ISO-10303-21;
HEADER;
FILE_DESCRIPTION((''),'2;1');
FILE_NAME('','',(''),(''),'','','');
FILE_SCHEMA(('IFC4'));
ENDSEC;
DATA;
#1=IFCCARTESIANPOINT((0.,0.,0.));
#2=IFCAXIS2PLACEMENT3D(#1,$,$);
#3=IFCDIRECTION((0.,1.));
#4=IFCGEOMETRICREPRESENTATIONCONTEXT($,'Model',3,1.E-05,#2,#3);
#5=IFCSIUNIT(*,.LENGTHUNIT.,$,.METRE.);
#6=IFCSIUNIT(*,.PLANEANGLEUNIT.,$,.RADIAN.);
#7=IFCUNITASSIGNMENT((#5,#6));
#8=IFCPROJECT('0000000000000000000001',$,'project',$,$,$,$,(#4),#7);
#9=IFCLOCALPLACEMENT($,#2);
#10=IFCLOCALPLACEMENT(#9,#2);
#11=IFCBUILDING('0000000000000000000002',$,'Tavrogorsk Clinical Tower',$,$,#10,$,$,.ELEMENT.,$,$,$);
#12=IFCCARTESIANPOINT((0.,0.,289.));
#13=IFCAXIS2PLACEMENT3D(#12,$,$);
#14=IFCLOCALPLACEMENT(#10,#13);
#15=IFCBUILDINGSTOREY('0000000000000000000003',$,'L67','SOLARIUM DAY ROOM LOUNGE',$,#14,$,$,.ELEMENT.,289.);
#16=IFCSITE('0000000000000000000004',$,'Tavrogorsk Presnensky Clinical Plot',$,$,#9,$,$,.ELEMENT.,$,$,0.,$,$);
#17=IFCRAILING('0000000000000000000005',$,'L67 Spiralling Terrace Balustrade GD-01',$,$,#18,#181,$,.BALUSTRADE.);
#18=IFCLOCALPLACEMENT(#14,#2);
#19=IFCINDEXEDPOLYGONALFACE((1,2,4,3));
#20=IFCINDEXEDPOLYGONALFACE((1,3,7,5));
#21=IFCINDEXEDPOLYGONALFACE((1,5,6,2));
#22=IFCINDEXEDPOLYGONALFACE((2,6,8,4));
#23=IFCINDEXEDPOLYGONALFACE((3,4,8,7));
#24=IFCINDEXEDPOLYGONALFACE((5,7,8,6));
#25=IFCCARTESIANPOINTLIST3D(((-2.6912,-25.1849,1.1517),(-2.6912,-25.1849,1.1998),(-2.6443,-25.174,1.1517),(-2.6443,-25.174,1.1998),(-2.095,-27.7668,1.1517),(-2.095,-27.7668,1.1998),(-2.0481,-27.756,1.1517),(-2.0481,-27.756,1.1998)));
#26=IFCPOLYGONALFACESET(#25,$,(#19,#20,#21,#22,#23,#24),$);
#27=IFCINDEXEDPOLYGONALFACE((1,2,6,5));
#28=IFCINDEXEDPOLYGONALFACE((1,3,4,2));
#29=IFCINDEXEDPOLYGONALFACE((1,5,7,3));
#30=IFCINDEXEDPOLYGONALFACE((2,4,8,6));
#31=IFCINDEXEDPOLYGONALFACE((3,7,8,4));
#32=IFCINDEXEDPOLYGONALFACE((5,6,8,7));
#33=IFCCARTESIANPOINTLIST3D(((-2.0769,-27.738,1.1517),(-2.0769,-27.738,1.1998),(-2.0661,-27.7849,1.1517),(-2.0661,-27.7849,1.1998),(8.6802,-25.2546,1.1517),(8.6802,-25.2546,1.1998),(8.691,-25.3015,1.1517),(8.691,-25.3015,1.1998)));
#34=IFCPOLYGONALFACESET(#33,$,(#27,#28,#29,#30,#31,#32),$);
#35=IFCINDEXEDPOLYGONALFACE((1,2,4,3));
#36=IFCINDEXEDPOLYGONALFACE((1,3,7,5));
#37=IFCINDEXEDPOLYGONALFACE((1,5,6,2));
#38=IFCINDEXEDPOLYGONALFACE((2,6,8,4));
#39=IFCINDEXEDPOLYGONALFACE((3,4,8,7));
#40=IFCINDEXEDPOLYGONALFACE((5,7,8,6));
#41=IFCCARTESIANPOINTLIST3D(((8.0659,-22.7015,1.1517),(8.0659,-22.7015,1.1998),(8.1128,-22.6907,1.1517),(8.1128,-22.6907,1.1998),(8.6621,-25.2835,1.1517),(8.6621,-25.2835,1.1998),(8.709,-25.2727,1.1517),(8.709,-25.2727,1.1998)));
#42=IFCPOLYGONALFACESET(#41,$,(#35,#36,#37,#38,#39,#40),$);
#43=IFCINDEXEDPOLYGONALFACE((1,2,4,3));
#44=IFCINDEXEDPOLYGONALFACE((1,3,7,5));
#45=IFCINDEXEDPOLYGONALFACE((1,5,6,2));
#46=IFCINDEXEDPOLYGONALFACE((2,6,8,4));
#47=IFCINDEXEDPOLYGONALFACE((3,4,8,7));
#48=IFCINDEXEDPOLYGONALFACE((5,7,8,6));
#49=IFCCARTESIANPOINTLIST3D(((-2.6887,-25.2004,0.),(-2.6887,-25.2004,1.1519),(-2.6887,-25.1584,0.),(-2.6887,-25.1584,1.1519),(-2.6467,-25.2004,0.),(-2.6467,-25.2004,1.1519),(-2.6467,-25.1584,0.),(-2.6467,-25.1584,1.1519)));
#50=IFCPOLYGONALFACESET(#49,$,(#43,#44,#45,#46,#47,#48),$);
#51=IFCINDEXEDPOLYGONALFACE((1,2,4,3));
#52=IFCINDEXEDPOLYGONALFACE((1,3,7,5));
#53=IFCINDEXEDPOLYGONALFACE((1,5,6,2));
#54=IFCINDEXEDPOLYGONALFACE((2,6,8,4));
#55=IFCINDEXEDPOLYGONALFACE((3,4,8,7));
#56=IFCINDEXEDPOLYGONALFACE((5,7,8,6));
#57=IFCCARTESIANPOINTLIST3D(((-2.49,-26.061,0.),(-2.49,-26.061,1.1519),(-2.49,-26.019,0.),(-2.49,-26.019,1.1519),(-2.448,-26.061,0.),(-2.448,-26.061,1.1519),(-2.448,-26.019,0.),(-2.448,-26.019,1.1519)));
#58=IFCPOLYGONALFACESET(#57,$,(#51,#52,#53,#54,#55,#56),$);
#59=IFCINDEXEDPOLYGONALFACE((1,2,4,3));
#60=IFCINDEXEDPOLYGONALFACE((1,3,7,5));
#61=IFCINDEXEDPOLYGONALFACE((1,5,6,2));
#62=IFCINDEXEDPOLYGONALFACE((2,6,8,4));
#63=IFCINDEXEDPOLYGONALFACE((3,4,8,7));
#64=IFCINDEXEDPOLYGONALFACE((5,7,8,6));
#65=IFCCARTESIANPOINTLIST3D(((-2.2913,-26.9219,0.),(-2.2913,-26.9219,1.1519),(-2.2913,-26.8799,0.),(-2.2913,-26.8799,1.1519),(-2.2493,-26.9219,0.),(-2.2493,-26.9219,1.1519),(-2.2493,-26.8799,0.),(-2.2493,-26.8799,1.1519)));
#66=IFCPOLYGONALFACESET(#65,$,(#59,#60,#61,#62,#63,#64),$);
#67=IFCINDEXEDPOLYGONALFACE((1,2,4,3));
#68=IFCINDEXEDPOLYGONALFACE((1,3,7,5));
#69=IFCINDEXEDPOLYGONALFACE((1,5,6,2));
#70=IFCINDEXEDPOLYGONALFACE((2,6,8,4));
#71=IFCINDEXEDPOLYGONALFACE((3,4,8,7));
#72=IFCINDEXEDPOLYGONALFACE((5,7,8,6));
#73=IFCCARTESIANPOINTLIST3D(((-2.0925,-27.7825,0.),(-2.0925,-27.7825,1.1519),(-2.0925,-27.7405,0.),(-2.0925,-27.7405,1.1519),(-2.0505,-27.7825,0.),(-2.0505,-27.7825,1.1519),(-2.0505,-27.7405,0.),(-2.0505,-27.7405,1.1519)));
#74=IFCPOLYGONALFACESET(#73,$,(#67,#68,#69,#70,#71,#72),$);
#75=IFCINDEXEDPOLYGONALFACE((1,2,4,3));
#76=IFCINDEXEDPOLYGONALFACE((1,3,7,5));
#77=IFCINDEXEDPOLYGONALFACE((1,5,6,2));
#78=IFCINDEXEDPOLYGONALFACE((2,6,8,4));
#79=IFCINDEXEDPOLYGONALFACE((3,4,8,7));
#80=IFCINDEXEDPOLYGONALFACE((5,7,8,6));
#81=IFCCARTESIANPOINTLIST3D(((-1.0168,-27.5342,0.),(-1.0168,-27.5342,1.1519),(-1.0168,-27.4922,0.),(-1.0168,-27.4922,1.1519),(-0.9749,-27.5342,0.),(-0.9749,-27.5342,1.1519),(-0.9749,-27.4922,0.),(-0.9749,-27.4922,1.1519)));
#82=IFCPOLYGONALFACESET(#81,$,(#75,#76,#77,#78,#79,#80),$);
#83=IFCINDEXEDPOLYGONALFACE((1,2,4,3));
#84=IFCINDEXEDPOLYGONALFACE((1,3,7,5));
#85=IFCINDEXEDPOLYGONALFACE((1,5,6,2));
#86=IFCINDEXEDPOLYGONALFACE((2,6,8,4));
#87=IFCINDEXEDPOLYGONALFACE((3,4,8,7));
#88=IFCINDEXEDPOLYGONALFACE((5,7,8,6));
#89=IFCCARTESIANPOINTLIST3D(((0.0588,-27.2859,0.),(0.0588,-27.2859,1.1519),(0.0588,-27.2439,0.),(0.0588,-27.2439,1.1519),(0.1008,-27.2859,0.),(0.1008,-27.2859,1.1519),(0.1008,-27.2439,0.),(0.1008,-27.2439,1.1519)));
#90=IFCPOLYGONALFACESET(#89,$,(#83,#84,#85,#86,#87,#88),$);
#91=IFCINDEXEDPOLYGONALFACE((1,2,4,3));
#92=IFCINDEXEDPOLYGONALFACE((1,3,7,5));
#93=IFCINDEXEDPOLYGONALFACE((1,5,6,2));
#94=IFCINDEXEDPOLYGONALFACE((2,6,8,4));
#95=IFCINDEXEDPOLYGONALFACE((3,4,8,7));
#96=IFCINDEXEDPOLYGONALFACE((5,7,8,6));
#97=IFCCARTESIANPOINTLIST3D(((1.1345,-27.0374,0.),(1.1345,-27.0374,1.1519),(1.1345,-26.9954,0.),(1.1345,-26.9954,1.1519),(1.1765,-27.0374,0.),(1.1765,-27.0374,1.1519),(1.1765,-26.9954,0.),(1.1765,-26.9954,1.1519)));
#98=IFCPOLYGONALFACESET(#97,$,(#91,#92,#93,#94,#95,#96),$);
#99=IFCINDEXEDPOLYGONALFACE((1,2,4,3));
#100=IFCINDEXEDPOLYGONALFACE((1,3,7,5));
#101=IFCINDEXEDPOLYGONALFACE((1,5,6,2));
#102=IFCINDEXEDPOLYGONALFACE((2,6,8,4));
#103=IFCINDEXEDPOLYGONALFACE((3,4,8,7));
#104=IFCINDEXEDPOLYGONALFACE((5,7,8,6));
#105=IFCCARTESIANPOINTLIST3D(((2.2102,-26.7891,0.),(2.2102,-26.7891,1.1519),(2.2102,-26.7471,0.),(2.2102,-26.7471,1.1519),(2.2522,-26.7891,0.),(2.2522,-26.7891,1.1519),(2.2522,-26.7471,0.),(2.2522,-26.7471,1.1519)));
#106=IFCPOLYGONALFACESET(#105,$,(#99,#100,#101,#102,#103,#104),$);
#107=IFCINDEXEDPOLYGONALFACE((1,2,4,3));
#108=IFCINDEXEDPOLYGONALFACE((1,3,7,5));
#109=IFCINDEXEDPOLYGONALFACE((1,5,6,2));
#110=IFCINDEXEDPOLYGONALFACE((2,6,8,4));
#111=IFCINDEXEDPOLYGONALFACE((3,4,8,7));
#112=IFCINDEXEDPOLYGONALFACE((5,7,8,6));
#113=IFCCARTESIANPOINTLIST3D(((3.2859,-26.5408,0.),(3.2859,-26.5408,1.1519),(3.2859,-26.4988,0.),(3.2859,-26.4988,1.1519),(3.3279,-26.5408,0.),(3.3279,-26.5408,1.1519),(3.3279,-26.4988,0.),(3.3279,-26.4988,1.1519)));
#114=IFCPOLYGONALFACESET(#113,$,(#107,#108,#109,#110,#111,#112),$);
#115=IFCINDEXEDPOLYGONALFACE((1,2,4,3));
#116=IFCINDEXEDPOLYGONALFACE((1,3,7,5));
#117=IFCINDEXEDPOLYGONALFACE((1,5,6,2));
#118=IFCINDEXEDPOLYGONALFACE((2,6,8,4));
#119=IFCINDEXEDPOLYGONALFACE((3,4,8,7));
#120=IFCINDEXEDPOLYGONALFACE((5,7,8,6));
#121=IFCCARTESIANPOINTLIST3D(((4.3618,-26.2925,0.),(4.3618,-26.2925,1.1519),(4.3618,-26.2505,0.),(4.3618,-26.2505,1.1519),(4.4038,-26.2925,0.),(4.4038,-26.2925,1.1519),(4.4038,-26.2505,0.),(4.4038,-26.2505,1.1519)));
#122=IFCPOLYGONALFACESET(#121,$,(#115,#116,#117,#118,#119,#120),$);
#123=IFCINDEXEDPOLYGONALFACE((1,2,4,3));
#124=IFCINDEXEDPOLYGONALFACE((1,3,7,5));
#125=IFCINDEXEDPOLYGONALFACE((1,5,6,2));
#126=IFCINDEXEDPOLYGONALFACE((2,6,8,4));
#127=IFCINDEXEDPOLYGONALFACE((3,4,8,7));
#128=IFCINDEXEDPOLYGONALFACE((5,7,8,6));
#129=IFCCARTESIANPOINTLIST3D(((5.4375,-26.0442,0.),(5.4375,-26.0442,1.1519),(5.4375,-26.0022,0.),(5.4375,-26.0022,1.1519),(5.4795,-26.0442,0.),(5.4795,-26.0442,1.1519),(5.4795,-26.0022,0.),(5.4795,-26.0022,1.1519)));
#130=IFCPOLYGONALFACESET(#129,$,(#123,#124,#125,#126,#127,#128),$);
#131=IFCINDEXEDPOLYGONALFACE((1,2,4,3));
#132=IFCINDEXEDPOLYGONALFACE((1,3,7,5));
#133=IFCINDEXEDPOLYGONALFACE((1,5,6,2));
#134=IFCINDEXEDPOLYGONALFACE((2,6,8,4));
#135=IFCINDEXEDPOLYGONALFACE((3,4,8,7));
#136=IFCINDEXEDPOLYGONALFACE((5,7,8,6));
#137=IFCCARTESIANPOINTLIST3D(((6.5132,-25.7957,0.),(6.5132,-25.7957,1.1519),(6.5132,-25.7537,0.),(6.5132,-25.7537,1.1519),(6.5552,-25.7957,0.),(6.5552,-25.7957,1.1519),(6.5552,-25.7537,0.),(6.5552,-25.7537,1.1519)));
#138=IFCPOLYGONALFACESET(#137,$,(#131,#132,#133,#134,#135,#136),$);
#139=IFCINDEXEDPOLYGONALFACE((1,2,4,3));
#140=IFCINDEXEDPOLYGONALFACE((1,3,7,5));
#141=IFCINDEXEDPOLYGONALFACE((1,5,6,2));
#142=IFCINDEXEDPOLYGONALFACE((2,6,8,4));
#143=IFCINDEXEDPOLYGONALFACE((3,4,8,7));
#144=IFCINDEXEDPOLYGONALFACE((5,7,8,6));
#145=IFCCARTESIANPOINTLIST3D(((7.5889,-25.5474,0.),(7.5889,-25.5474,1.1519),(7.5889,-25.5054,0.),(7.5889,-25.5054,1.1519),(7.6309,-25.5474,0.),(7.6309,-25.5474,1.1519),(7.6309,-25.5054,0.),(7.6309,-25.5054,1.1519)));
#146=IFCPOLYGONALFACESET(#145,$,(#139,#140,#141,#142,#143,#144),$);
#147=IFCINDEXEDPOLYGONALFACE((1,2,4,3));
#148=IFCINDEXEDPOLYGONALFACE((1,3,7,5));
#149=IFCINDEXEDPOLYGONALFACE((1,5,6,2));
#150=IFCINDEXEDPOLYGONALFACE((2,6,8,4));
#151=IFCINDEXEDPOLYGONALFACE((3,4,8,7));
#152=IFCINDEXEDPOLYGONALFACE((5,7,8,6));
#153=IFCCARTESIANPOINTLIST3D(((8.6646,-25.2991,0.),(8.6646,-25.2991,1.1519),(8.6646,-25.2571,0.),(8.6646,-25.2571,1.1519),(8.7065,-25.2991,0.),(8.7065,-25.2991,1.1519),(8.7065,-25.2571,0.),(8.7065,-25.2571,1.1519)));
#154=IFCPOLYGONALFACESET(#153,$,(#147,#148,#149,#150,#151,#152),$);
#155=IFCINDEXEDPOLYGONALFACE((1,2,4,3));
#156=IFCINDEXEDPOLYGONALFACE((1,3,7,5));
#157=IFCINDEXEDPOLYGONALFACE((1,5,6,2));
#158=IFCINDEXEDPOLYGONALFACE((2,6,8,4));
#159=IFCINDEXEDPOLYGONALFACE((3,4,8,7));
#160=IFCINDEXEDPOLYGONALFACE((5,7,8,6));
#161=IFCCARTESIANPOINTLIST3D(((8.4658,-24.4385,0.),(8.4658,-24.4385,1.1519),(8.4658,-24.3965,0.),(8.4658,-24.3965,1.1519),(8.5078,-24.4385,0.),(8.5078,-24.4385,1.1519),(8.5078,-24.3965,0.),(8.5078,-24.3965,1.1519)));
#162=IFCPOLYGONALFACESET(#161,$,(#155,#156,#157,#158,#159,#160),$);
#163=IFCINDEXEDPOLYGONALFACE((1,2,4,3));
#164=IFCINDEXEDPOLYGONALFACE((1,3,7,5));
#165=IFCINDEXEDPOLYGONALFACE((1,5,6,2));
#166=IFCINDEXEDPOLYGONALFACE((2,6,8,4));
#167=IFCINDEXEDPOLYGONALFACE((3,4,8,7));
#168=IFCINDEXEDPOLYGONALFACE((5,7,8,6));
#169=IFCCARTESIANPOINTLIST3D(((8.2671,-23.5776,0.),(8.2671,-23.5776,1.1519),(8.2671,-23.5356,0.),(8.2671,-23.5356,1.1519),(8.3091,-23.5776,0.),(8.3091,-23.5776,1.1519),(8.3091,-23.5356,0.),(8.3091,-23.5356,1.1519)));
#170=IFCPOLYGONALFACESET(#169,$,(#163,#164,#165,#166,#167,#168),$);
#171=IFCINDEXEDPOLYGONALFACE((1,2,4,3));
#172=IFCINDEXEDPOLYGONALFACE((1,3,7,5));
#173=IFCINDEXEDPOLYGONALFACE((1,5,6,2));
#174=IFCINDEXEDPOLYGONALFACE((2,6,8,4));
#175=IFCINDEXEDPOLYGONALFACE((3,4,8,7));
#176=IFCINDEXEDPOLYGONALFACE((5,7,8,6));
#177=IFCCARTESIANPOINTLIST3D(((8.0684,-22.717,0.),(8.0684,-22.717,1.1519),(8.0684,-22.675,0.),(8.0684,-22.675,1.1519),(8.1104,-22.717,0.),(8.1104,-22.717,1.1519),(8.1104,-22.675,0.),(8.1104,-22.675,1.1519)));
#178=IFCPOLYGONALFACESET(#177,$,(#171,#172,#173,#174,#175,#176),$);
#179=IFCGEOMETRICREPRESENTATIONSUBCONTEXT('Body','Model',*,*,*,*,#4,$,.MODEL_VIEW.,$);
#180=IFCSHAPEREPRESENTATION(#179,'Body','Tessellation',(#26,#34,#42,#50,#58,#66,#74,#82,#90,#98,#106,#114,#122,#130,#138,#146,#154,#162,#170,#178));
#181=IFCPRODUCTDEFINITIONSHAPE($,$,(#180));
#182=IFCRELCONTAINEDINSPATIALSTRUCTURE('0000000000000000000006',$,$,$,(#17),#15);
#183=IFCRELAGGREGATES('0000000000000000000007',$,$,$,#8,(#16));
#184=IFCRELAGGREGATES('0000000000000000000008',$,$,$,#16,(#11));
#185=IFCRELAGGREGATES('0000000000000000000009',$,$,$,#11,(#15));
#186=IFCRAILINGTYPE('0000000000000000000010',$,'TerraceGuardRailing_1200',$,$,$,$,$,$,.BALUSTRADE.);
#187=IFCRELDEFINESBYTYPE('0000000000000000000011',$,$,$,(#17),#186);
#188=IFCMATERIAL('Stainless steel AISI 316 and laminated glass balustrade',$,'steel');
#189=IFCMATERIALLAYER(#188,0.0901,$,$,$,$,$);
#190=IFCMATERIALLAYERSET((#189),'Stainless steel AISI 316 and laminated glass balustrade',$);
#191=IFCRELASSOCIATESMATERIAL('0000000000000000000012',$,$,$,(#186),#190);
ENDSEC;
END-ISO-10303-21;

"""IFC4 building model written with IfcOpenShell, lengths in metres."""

from ifc_helpers import new_model, si_unit, direction, frame, origin, origin_2d, place, context, subcontext, project, spatial, rectangle, extrude, material, layer, layer_set, type_object, element, save


model = new_model("IFC4")

# Units and contexts
model_context = context("Model", 3, precision=1e-05, world=origin(), true_north=direction((0.0, 1.0)))
body_context = subcontext(model_context, "Body", "Model", "MODEL_VIEW")
ifc_project = project(units=[si_unit("LENGTHUNIT", "METRE"), si_unit("PLANEANGLEUNIT", "RADIAN")], contexts=[model_context])

# Site, building, storey
site_placement = place(None, origin())
site = spatial("IfcSite", under=ifc_project, at=site_placement, Name="Tavrogorsk Presnensky Clinical Plot", CompositionType="ELEMENT", RefElevation=0.0)
building_placement = place(site_placement, origin())
building = spatial("IfcBuilding", under=site, at=building_placement, Name="Tavrogorsk Clinical Tower", CompositionType="ELEMENT")
storey_placement = place(building_placement, frame((0.0, 0.0, 289.0)))
storey = spatial("IfcBuildingStorey", under=building, at=storey_placement, Name="L67", Description="SOLARIUM DAY ROOM LOUNGE", CompositionType="ELEMENT", Elevation=289.0)

# Railing
ifc_material_1 = material(Name="Stainless steel AISI 316 and laminated glass balustrade", Category="steel")
ifc_layer_1 = layer(ifc_material_1, 0.0901)
ifc_layer_set_1 = layer_set([ifc_layer_1], Name="Stainless steel AISI 316 and laminated glass balustrade")
railing_type = type_object("IfcRailingType", Name="TerraceGuardRailing_1200", PredefinedType="BALUSTRADE", material=ifc_layer_set_1)
railing_placement = place(storey_placement, frame((-2.6677, -25.1794, 0.0)))
element("IfcRailing", 1, at=railing_placement, inside=storey, type_object=railing_type, Name="L67 Spiralling Terrace Balustrade GD-01", PredefinedType="BALUSTRADE", context=body_context, shape_type="SweptSolid", body=[
    extrude(rectangle(XDim=0.0481, YDim=0.0481, at=origin_2d()), frame((0.0, 0.0, 1.1758), z_axis=(0.224981, -0.974363, 0.0), x_axis=(0.974363, 0.224981, 0.0)), (0.0, 0.0, 1.0), 2.6499),
    extrude(rectangle(XDim=0.0481, YDim=0.0481, at=origin_2d()), frame((0.5962, -2.582, 1.1758), z_axis=(0.974371, 0.224945, 0.0), x_axis=(-0.224945, 0.974371, 0.0)), (0.0, 0.0, 1.0), 11.04),
    extrude(rectangle(XDim=0.0481, YDim=0.0481, at=origin_2d()), frame((11.3533, -0.0986, 1.1758), z_axis=(-0.224981, 0.974363, 0.0), x_axis=(-0.974363, -0.224981, 0.0)), (0.0, 0.0, 1.0), 2.6499),
    extrude(rectangle(XDim=0.042, YDim=0.042, at=origin_2d()), origin(), (0.0, 0.0, 1.0), 1.1519),
    extrude(rectangle(XDim=0.042, YDim=0.042, at=origin_2d()), frame((0.1987, -0.8606, 0.0)), (0.0, 0.0, 1.0), 1.1519),
    extrude(rectangle(XDim=0.042, YDim=0.042, at=origin_2d()), frame((0.3975, -1.7214, 0.0)), (0.0, 0.0, 1.0), 1.1519),
    extrude(rectangle(XDim=0.042, YDim=0.042, at=origin_2d()), frame((0.5962, -2.582, 0.0)), (0.0, 0.0, 1.0), 1.1519),
    extrude(rectangle(XDim=0.042, YDim=0.042, at=origin_2d()), frame((1.6719, -2.3337, 0.0)), (0.0, 0.0, 1.0), 1.1519),
    extrude(rectangle(XDim=0.042, YDim=0.042, at=origin_2d()), frame((2.7476, -2.0854, 0.0)), (0.0, 0.0, 1.0), 1.1519),
    extrude(rectangle(XDim=0.042, YDim=0.042, at=origin_2d()), frame((3.8232, -1.8369, 0.0)), (0.0, 0.0, 1.0), 1.1519),
    extrude(rectangle(XDim=0.042, YDim=0.042, at=origin_2d()), frame((4.8989, -1.5886, 0.0)), (0.0, 0.0, 1.0), 1.1519),
    extrude(rectangle(XDim=0.042, YDim=0.042, at=origin_2d()), frame((5.9746, -1.3403, 0.0)), (0.0, 0.0, 1.0), 1.1519),
    extrude(rectangle(XDim=0.042, YDim=0.042, at=origin_2d()), frame((7.0505, -1.092, 0.0)), (0.0, 0.0, 1.0), 1.1519),
    extrude(rectangle(XDim=0.042, YDim=0.042, at=origin_2d()), frame((8.1262, -0.8438, 0.0)), (0.0, 0.0, 1.0), 1.1519),
    extrude(rectangle(XDim=0.042, YDim=0.042, at=origin_2d()), frame((9.2019, -0.5952, 0.0)), (0.0, 0.0, 1.0), 1.1519),
    extrude(rectangle(XDim=0.042, YDim=0.042, at=origin_2d()), frame((10.2776, -0.3469, 0.0)), (0.0, 0.0, 1.0), 1.1519),
    extrude(rectangle(XDim=0.042, YDim=0.042, at=origin_2d()), frame((11.3533, -0.0986, 0.0)), (0.0, 0.0, 1.0), 1.1519),
    extrude(rectangle(XDim=0.042, YDim=0.042, at=origin_2d()), frame((11.1545, 0.762, 0.0)), (0.0, 0.0, 1.0), 1.1519),
    extrude(rectangle(XDim=0.042, YDim=0.042, at=origin_2d()), frame((10.9558, 1.6228, 0.0)), (0.0, 0.0, 1.0), 1.1519),
    extrude(rectangle(XDim=0.042, YDim=0.042, at=origin_2d()), frame((10.7571, 2.4834, 0.0)), (0.0, 0.0, 1.0), 1.1519),
])

save(model, "model.ifc")
